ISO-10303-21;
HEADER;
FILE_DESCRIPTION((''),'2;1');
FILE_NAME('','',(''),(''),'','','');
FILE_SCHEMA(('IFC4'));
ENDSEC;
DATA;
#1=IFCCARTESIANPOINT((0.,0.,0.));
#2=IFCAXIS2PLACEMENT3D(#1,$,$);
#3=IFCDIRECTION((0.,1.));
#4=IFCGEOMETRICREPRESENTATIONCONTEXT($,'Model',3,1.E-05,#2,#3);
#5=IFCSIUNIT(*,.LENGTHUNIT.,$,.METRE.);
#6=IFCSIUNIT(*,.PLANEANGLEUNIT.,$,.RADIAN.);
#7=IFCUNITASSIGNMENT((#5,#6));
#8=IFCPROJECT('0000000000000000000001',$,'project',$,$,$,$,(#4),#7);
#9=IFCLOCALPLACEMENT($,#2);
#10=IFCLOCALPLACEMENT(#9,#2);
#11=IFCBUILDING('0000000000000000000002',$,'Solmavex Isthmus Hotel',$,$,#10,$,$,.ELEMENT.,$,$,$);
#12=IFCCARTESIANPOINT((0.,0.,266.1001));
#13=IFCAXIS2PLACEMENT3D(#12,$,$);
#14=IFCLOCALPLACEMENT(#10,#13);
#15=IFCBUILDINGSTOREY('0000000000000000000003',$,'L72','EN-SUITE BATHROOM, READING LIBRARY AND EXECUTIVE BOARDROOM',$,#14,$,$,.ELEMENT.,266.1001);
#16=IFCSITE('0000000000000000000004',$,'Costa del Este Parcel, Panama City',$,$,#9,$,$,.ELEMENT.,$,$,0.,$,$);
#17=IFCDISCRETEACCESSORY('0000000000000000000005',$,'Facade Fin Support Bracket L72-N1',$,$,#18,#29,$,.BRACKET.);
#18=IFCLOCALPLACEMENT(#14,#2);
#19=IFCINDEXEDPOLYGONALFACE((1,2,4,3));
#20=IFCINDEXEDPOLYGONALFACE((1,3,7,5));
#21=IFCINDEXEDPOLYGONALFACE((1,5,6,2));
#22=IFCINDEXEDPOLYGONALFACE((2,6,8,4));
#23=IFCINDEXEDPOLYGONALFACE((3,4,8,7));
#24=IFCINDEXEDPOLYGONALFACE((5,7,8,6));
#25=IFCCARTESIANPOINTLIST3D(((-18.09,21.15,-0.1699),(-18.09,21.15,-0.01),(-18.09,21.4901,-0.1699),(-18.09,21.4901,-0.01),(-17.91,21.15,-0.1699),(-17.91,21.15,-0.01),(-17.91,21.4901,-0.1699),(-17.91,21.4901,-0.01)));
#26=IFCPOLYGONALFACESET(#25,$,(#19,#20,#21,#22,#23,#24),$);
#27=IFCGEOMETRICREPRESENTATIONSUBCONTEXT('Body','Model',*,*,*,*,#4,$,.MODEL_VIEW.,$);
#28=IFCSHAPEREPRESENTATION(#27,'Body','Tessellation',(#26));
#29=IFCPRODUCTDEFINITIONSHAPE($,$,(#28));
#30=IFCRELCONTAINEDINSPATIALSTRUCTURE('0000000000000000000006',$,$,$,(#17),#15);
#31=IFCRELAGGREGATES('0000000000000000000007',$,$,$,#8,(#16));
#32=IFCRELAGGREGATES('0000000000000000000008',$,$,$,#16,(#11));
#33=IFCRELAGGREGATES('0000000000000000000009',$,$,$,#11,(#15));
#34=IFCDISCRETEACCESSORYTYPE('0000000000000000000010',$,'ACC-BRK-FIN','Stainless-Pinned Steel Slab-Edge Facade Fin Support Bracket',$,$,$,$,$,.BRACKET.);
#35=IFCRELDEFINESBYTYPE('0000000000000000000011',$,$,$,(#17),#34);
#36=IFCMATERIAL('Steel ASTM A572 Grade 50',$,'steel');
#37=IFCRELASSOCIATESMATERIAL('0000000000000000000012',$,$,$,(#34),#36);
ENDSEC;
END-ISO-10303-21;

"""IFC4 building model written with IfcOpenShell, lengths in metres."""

from ifc_helpers import new_model, si_unit, direction, frame, origin, origin_2d, place, context, subcontext, project, spatial, rectangle, extrude, material, type_object, element, save


model = new_model("IFC4")

# Units and contexts
model_context = context("Model", 3, precision=1e-05, world=origin(), true_north=direction((0.0, 1.0)))
body_context = subcontext(model_context, "Body", "Model", "MODEL_VIEW")
ifc_project = project(units=[si_unit("LENGTHUNIT", "METRE"), si_unit("PLANEANGLEUNIT", "RADIAN")], contexts=[model_context])

# Site, building, storey
site_placement = place(None, origin())
site = spatial("IfcSite", under=ifc_project, at=site_placement, Name="Costa del Este Parcel, Panama City", CompositionType="ELEMENT", RefElevation=0.0)
building_placement = place(site_placement, origin())
building = spatial("IfcBuilding", under=site, at=building_placement, Name="Solmavex Isthmus Hotel", CompositionType="ELEMENT")
storey_placement = place(building_placement, frame((0.0, 0.0, 266.1001)))
storey = spatial("IfcBuildingStorey", under=building, at=storey_placement, Name="L72", Description="EN-SUITE BATHROOM, READING LIBRARY AND EXECUTIVE BOARDROOM", CompositionType="ELEMENT", Elevation=266.1001)

# Discrete accessory
ifc_material_1 = material(Name="Steel ASTM A572 Grade 50", Category="steel")
discrete_accessory_type = type_object("IfcDiscreteAccessoryType", Name="ACC-BRK-FIN", Description="Stainless-Pinned Steel Slab-Edge Facade Fin Support Bracket", PredefinedType="BRACKET", material=ifc_material_1)
discrete_accessory_placement = place(storey_placement, frame((-18.0, 21.3201, -0.1699), z_axis=(0.0, 0.0, 1.0), x_axis=(0.0, 1.0, 0.0)))
element("IfcDiscreteAccessory", 1, at=discrete_accessory_placement, inside=storey, type_object=discrete_accessory_type, Name="Facade Fin Support Bracket L72-N1", PredefinedType="BRACKET", context=body_context, shape_type="SweptSolid", body=[
    extrude(rectangle(XDim=0.3401, YDim=0.1799, at=origin_2d()), origin(), (0.0, 0.0, 1.0), 0.1599),
])

save(model, "model.ifc")
